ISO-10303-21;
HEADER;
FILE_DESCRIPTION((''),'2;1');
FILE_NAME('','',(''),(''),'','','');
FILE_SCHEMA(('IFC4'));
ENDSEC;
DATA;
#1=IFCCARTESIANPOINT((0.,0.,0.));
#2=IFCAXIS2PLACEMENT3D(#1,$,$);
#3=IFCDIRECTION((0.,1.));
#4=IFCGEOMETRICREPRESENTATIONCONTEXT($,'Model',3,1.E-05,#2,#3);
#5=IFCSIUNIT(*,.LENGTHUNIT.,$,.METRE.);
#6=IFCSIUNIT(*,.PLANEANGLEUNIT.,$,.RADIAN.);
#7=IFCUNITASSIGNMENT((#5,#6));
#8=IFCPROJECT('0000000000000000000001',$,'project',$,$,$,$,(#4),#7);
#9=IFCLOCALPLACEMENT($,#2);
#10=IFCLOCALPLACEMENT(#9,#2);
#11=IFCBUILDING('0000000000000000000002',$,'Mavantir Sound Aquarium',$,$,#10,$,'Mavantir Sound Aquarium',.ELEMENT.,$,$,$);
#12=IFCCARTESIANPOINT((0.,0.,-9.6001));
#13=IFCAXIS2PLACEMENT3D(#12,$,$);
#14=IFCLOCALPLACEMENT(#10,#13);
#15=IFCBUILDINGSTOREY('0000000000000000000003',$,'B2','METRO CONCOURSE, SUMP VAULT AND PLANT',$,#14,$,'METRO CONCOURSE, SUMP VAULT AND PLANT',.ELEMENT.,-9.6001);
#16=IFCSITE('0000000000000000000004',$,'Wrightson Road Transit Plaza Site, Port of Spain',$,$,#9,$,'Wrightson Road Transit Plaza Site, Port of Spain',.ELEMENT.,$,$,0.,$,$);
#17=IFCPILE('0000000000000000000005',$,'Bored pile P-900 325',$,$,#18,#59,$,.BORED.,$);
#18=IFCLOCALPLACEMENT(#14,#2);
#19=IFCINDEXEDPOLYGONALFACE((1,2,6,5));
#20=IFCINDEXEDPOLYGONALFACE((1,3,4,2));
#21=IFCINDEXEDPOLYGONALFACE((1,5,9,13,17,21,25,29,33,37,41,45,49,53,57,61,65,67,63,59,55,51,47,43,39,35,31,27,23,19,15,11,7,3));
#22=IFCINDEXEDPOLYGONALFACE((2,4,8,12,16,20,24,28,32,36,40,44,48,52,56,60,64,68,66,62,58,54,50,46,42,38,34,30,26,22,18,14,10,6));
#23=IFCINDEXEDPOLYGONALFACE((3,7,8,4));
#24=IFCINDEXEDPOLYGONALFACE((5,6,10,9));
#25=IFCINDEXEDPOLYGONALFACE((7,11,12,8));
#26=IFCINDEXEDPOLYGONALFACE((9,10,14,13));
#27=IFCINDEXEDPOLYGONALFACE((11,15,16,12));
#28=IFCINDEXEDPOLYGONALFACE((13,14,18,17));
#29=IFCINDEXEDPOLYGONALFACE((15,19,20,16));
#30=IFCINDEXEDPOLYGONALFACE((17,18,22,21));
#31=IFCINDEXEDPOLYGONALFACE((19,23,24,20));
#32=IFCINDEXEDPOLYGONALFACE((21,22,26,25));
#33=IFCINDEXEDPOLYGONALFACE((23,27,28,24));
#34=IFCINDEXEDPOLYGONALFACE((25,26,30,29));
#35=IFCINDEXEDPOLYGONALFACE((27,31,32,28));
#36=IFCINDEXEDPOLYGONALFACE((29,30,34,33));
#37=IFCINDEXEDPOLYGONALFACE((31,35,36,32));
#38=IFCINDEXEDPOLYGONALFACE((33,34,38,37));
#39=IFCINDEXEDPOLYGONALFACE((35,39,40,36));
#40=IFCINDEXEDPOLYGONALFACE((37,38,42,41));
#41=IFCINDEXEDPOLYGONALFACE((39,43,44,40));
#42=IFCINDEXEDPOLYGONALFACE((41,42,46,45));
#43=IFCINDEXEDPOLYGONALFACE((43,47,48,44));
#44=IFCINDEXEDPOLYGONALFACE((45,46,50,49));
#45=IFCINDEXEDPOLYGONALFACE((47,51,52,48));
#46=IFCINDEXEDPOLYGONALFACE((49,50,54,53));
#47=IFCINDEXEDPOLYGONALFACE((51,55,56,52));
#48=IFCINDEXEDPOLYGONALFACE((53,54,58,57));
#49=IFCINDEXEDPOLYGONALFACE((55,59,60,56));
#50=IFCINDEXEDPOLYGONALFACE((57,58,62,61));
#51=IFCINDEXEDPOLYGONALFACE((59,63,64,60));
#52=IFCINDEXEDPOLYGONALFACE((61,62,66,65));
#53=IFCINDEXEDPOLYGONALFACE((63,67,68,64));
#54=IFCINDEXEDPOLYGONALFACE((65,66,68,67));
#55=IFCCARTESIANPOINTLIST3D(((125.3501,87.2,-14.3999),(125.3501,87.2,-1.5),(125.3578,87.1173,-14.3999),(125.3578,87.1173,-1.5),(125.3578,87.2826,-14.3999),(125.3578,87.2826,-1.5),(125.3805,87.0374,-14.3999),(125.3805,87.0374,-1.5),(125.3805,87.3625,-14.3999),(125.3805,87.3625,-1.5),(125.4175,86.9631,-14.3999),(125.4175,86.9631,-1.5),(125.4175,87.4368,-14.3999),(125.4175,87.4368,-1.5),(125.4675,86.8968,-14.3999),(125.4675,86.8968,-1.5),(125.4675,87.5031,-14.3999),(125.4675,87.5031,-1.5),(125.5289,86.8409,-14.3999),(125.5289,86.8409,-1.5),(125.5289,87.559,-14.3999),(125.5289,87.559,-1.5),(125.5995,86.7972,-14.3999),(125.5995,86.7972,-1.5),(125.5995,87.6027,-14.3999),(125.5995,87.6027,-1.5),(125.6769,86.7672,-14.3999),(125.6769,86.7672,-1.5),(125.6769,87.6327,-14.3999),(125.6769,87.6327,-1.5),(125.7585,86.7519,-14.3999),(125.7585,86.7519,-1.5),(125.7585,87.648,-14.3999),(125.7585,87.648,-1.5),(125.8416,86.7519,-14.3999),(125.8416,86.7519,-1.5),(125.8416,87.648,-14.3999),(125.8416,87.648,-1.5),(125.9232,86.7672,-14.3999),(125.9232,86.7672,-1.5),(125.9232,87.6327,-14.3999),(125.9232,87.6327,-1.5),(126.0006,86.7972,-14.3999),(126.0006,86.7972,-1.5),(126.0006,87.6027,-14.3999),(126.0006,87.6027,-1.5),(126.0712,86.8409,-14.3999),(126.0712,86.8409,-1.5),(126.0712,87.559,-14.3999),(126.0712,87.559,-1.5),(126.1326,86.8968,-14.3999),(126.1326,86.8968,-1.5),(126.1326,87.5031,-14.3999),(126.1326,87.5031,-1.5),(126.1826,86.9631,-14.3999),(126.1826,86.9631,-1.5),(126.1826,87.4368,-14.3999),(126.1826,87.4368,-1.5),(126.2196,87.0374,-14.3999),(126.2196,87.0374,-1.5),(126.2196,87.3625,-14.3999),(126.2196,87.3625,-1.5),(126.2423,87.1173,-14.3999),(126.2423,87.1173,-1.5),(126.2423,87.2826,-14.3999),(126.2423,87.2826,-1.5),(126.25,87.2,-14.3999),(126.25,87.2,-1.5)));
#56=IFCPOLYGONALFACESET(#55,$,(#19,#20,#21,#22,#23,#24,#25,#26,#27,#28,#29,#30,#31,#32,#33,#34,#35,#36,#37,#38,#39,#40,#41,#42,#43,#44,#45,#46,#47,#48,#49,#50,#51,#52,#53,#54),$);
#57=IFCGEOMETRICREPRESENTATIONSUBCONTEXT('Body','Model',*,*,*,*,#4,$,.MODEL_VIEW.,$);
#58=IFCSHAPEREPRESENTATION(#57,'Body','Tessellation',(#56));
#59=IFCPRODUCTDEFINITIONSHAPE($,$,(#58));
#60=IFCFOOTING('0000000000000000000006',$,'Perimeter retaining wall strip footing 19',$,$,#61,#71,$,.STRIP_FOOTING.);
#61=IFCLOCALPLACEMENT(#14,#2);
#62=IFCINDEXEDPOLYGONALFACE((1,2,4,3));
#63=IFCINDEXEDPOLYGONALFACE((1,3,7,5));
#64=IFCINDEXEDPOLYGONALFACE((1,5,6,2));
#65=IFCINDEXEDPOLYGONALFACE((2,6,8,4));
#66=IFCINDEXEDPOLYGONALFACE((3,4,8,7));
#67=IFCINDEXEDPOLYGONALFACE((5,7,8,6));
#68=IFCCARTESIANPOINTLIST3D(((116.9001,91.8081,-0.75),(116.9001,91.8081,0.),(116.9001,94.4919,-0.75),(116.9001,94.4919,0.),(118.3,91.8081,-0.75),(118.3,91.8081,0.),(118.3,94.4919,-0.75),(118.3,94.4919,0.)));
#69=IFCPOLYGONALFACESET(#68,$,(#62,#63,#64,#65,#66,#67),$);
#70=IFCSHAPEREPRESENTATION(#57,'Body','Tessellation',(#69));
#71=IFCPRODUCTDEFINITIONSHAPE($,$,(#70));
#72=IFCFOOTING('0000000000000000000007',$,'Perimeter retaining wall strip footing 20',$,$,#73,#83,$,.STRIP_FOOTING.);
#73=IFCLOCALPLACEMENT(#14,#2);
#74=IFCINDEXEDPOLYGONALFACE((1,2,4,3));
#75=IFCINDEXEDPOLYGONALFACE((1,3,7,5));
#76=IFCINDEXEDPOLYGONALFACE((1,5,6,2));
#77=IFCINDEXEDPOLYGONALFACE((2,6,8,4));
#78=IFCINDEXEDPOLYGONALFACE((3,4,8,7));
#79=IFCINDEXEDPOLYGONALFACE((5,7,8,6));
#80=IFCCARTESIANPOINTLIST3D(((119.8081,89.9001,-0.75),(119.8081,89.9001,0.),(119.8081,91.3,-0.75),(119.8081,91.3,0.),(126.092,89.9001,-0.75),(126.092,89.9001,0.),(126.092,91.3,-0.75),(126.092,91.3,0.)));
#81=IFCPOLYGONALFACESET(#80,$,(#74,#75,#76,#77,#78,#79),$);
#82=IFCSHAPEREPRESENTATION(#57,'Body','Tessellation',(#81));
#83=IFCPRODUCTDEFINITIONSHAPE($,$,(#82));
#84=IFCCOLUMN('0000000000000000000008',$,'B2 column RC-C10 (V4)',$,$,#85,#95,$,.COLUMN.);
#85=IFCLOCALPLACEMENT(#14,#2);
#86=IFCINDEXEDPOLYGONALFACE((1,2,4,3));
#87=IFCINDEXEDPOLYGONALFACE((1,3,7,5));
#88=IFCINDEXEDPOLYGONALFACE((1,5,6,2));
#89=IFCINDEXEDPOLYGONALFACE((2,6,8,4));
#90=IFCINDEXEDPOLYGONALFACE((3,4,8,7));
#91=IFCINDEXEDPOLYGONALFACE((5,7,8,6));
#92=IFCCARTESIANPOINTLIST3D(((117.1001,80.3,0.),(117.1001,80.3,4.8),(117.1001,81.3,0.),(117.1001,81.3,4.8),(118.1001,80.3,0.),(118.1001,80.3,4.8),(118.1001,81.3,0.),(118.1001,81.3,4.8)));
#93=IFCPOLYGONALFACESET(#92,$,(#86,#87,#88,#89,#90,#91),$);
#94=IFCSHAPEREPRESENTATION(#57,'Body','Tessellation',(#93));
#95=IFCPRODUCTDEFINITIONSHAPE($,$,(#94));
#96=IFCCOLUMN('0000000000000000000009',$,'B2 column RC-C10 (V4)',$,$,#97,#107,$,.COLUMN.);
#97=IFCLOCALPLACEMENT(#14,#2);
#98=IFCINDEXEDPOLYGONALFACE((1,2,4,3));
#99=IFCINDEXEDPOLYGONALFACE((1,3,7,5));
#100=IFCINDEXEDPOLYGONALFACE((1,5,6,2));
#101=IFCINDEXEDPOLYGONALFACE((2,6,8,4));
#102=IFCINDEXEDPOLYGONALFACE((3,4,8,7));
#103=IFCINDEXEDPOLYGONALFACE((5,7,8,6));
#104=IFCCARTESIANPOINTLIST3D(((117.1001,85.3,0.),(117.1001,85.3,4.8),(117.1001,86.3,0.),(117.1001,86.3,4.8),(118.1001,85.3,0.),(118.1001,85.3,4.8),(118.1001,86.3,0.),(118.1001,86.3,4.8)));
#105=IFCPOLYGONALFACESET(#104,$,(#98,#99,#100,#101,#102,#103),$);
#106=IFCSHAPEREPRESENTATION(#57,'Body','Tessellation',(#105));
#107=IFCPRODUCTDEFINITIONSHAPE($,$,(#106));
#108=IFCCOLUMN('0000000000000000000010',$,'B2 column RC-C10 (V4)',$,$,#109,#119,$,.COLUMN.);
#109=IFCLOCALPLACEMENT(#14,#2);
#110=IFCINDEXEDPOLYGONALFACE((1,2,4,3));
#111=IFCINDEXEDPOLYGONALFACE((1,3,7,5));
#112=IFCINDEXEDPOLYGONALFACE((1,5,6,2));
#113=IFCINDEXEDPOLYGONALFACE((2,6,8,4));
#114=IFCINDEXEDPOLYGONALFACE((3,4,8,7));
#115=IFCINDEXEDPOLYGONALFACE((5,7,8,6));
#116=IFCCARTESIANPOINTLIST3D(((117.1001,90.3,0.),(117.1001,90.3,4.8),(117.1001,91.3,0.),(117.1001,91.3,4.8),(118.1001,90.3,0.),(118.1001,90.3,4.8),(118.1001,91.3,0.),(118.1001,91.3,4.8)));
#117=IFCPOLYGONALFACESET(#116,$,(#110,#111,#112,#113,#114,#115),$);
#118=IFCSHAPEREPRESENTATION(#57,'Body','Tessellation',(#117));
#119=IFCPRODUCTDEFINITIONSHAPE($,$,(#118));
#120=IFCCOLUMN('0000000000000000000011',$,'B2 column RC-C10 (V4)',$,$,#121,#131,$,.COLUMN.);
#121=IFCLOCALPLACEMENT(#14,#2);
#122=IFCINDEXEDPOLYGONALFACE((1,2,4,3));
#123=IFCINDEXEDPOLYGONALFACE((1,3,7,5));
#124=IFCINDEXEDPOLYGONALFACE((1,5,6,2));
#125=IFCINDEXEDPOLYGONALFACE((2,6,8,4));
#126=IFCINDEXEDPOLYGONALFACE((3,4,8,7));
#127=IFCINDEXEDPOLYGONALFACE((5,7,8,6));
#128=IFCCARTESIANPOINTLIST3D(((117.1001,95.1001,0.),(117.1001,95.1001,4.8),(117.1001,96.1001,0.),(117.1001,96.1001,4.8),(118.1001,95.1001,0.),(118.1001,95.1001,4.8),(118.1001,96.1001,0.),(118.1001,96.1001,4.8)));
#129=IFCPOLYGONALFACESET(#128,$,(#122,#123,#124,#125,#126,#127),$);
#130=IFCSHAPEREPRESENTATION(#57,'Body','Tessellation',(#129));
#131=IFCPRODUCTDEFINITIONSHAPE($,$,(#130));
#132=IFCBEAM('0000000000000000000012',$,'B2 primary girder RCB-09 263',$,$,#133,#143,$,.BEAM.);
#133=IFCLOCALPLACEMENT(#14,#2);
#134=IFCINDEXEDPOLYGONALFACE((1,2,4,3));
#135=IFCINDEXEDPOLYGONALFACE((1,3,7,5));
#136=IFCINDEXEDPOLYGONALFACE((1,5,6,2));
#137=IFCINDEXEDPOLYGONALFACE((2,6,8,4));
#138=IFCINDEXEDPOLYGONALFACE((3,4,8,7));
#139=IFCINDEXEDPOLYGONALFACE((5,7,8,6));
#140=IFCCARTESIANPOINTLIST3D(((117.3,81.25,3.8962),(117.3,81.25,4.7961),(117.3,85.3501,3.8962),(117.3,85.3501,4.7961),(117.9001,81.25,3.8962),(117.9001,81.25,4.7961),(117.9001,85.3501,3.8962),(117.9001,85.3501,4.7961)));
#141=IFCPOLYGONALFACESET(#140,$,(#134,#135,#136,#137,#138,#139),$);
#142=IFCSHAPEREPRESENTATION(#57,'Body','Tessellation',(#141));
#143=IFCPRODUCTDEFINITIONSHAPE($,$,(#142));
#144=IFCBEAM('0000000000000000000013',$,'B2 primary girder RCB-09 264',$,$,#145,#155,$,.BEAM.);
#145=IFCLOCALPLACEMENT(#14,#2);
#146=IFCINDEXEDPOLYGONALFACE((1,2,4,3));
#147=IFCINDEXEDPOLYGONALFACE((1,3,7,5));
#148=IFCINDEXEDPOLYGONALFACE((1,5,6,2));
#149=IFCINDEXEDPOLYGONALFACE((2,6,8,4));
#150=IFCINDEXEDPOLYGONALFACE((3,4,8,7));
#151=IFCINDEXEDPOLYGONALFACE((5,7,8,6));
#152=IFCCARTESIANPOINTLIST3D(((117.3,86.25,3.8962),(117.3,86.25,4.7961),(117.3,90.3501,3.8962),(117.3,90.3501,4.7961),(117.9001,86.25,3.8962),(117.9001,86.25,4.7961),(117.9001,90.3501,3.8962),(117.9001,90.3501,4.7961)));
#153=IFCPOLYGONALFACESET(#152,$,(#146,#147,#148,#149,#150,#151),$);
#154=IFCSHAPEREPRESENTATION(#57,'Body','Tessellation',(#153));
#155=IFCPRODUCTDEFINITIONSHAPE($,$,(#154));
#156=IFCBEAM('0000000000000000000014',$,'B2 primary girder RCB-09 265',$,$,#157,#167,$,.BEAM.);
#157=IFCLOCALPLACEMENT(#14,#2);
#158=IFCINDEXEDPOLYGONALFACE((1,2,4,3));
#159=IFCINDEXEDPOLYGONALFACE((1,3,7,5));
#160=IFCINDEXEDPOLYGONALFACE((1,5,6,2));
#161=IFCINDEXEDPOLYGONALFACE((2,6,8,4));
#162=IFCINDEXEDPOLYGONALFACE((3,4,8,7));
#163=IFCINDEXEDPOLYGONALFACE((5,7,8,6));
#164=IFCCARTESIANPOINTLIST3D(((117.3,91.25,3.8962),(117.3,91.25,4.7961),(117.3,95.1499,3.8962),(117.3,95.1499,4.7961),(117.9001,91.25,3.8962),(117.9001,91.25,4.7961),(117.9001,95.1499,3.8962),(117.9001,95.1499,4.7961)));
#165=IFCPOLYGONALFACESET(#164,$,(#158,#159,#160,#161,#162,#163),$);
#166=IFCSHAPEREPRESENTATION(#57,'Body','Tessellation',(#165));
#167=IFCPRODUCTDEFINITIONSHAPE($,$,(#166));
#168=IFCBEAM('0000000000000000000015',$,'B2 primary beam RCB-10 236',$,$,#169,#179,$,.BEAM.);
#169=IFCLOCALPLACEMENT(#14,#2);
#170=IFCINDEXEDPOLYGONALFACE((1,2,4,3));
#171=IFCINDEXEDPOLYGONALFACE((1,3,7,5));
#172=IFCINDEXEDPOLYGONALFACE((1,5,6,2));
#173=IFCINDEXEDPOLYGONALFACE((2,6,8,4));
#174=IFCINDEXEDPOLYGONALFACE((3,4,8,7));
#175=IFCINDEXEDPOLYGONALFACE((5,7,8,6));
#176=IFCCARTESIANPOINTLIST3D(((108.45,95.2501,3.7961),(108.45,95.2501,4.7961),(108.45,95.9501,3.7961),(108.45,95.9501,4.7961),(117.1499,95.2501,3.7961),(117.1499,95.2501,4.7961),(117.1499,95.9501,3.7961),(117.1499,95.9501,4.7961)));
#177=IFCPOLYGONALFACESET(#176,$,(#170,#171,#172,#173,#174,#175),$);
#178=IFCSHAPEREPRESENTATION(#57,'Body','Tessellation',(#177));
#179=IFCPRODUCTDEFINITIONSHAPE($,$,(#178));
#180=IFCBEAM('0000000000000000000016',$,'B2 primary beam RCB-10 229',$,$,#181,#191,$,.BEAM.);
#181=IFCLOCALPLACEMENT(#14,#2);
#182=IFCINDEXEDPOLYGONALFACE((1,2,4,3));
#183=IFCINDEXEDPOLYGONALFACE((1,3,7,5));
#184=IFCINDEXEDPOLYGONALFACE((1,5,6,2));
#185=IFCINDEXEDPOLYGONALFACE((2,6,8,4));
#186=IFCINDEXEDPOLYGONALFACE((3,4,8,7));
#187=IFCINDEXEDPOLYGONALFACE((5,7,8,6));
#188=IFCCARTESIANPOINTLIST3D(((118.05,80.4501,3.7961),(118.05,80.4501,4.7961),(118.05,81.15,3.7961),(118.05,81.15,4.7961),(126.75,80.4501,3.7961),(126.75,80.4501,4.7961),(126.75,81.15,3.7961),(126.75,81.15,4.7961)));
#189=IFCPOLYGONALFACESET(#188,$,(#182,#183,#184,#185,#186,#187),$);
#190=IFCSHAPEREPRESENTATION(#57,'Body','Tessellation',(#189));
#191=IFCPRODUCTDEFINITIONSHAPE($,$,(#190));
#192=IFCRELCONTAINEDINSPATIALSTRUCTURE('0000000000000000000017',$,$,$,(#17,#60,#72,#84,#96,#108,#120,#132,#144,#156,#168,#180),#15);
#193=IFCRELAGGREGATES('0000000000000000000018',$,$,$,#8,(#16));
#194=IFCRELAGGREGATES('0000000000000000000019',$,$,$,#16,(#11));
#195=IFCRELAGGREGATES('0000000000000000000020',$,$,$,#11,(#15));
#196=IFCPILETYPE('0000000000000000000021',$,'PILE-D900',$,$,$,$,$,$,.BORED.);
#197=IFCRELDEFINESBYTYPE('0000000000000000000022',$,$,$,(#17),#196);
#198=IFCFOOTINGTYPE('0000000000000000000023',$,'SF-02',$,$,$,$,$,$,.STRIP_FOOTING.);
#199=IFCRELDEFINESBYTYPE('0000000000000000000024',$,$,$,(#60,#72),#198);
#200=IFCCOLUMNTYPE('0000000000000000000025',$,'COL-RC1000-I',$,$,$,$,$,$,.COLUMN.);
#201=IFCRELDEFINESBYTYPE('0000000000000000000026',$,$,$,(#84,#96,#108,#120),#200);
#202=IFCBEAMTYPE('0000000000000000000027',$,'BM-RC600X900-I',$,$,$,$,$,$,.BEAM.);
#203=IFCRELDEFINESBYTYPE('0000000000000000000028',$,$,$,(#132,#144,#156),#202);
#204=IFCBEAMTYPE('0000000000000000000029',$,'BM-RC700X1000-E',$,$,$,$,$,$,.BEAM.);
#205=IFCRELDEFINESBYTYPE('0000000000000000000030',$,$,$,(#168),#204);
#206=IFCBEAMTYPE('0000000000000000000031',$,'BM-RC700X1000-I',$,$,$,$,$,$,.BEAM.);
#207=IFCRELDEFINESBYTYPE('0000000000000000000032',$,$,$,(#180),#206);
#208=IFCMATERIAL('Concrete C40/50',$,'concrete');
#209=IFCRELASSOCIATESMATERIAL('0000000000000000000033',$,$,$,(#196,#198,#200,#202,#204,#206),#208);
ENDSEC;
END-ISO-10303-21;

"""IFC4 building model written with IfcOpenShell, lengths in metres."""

from ifc_helpers import new_model, si_unit, direction, frame, origin, origin_2d, place, context, subcontext, project, spatial, rectangle, circle, extrude, material, material_profile, profile_set, type_object, element, save


model = new_model("IFC4")

# Units and contexts
model_context = context("Model", 3, precision=1e-05, world=origin(), true_north=direction((0.0, 1.0)))
body_context = subcontext(model_context, "Body", "Model", "MODEL_VIEW")
ifc_project = project(units=[si_unit("LENGTHUNIT", "METRE"), si_unit("PLANEANGLEUNIT", "RADIAN")], contexts=[model_context])

# Site, building, storey
site_placement = place(None, origin())
site = spatial("IfcSite", under=ifc_project, at=site_placement, Name="Wrightson Road Transit Plaza Site, Port of Spain", LongName="Wrightson Road Transit Plaza Site, Port of Spain", CompositionType="ELEMENT", RefElevation=0.0)
building_placement = place(site_placement, origin())
building = spatial("IfcBuilding", under=site, at=building_placement, Name="Mavantir Sound Aquarium", LongName="Mavantir Sound Aquarium", CompositionType="ELEMENT")
storey_placement = place(building_placement, frame((0.0, 0.0, -9.6001)))
storey = spatial("IfcBuildingStorey", under=building, at=storey_placement, Name="B2", Description="METRO CONCOURSE, SUMP VAULT AND PLANT", LongName="METRO CONCOURSE, SUMP VAULT AND PLANT", CompositionType="ELEMENT", Elevation=-9.6001)

# Shared definitions
ifc_material_1 = material(Name="Concrete C40/50", Category="concrete")

# Pile
ifc_material_profile_1 = material_profile(ifc_material_1, circle(Radius=0.45, at=origin_2d()), Name="PILE D900")
ifc_profile_set_1 = profile_set([ifc_material_profile_1], Name="Concrete C40/50")
pile_type = type_object("IfcPileType", Name="PILE-D900", PredefinedType="BORED", material=ifc_profile_set_1)
for number, where, z_axis, x_axis, name in (
    (1, (125.8, 87.2, -1.5), (0.0, 0.0, -1.0), (1.0, 0.0, 0.0), "Bored pile P-900 325"),
):
    element("IfcPile", number, at=place(storey_placement, frame(where, z_axis=z_axis, x_axis=x_axis)), inside=storey, type_object=pile_type, Name=name, PredefinedType="BORED", context=body_context, shape_type="SweptSolid", body=[
        extrude(circle(Radius=0.45, at=origin_2d()), origin(), (0.0, 0.0, 1.0), 12.8999),
    ])

# Footings
ifc_material_profile_2 = material_profile(ifc_material_1, rectangle(XDim=1.3999, YDim=0.75, at=origin_2d()), Name="RC 1400X750")
ifc_profile_set_2 = profile_set([ifc_material_profile_2], Name="Concrete C40/50")
footing_type_1 = type_object("IfcFootingType", Name="SF-02", PredefinedType="STRIP_FOOTING", material=ifc_profile_set_2)
footing_1_placement = place(storey_placement, frame((117.6001, 94.4919, -0.375), z_axis=(0.0, -1.0, 0.0), x_axis=(1.0, 0.0, 0.0)))
element("IfcFooting", 2, at=footing_1_placement, inside=storey, type_object=footing_type_1, Name="Perimeter retaining wall strip footing 19", PredefinedType="STRIP_FOOTING", context=body_context, shape_type="SweptSolid", body=[
    extrude(rectangle(XDim=1.3999, YDim=0.75, at=origin_2d()), origin(), (0.0, 0.0, 1.0), 2.6838),
])
footing_2_placement = place(storey_placement, frame((119.8081, 90.6001, -0.375), z_axis=(1.0, 0.0, 0.0), x_axis=(0.0, 1.0, 0.0)))
element("IfcFooting", 3, at=footing_2_placement, inside=storey, type_object=footing_type_1, Name="Perimeter retaining wall strip footing 20", PredefinedType="STRIP_FOOTING", context=body_context, shape_type="SweptSolid", body=[
    extrude(rectangle(XDim=1.3999, YDim=0.75, at=origin_2d()), origin(), (0.0, 0.0, 1.0), 6.2839),
])

# Columns
ifc_material_profile_3 = material_profile(ifc_material_1, rectangle(XDim=1.0, YDim=1.0, at=origin_2d()), Name="RC 1000X1000")
ifc_profile_set_3 = profile_set([ifc_material_profile_3], Name="Concrete C40/50")
column_type = type_object("IfcColumnType", Name="COL-RC1000-I", PredefinedType="COLUMN", material=ifc_profile_set_3)
for number, where, z_axis, x_axis, name in (
    (4, (117.6001, 80.8, 0.0), (0.0, 0.0, 1.0), (1.0, 0.0, 0.0), "B2 column RC-C10 (V4)"),
    (5, (117.6001, 85.8, 0.0), (0.0, 0.0, 1.0), (1.0, 0.0, 0.0), "B2 column RC-C10 (V4)"),
    (6, (117.6001, 90.8, 0.0), (0.0, 0.0, 1.0), (1.0, 0.0, 0.0), "B2 column RC-C10 (V4)"),
    (7, (117.6001, 95.6001, 0.0), (0.0, 0.0, 1.0), (1.0, 0.0, 0.0), "B2 column RC-C10 (V4)"),
):
    element("IfcColumn", number, at=place(storey_placement, frame(where, z_axis=z_axis, x_axis=x_axis)), inside=storey, type_object=column_type, Name=name, PredefinedType="COLUMN", context=body_context, shape_type="SweptSolid", body=[
        extrude(rectangle(XDim=1.0, YDim=1.0, at=origin_2d()), origin(), (0.0, 0.0, 1.0), 4.8),
    ])

# Beams
ifc_material_profile_4 = material_profile(ifc_material_1, rectangle(XDim=0.6001, YDim=0.8999, at=origin_2d()), Name="RC 600X900")
ifc_profile_set_4 = profile_set([ifc_material_profile_4], Name="Concrete C40/50")
beam_type_1 = type_object("IfcBeamType", Name="BM-RC600X900-I", PredefinedType="BEAM", material=ifc_profile_set_4)
for number, where, z_axis, x_axis, name in (
    (8, (117.6001, 81.25, 4.3462), (0.0, 1.0, 0.0), (-1.0, 0.0, 0.0), "B2 primary girder RCB-09 263"),
    (9, (117.6001, 86.25, 4.3462), (0.0, 1.0, 0.0), (-1.0, 0.0, 0.0), "B2 primary girder RCB-09 264"),
):
    element("IfcBeam", number, at=place(storey_placement, frame(where, z_axis=z_axis, x_axis=x_axis)), inside=storey, type_object=beam_type_1, Name=name, PredefinedType="BEAM", context=body_context, shape_type="SweptSolid", body=[
        extrude(rectangle(XDim=0.6001, YDim=0.8999, at=origin_2d()), origin(), (0.0, 0.0, 1.0), 4.1001),
    ])
beam_1_placement = place(storey_placement, frame((117.6001, 91.25, 4.3462), z_axis=(0.0, 1.0, 0.0), x_axis=(-1.0, 0.0, 0.0)))
element("IfcBeam", 10, at=beam_1_placement, inside=storey, type_object=beam_type_1, Name="B2 primary girder RCB-09 265", PredefinedType="BEAM", context=body_context, shape_type="SweptSolid", body=[
    extrude(rectangle(XDim=0.6001, YDim=0.8999, at=origin_2d()), origin(), (0.0, 0.0, 1.0), 3.8999),
])
ifc_material_profile_5 = material_profile(ifc_material_1, rectangle(XDim=0.7, YDim=1.0, at=origin_2d()), Name="RC 700X1000")
ifc_profile_set_5 = profile_set([ifc_material_profile_5], Name="Concrete C40/50")
beam_type_2 = type_object("IfcBeamType", Name="BM-RC700X1000-E", PredefinedType="BEAM", material=ifc_profile_set_5)
beam_2_placement = place(storey_placement, frame((108.45, 95.6001, 4.2961), z_axis=(1.0, 0.0, 0.0), x_axis=(0.0, 1.0, 0.0)))
element("IfcBeam", 11, at=beam_2_placement, inside=storey, type_object=beam_type_2, Name="B2 primary beam RCB-10 236", PredefinedType="BEAM", context=body_context, shape_type="SweptSolid", body=[
    extrude(rectangle(XDim=0.7, YDim=1.0, at=origin_2d()), origin(), (0.0, 0.0, 1.0), 8.7),
])
ifc_material_profile_6 = material_profile(ifc_material_1, rectangle(XDim=0.7, YDim=1.0, at=origin_2d()), Name="RC 700X1000")
ifc_profile_set_6 = profile_set([ifc_material_profile_6], Name="Concrete C40/50")
beam_type_3 = type_object("IfcBeamType", Name="BM-RC700X1000-I", PredefinedType="BEAM", material=ifc_profile_set_6)
for number, where, z_axis, x_axis, name in (
    (12, (118.05, 80.8, 4.2961), (1.0, 0.0, 0.0), (0.0, 1.0, 0.0), "B2 primary beam RCB-10 229"),
):
    element("IfcBeam", number, at=place(storey_placement, frame(where, z_axis=z_axis, x_axis=x_axis)), inside=storey, type_object=beam_type_3, Name=name, PredefinedType="BEAM", context=body_context, shape_type="SweptSolid", body=[
        extrude(rectangle(XDim=0.7, YDim=1.0, at=origin_2d()), origin(), (0.0, 0.0, 1.0), 8.7),
    ])

save(model, "model.ifc")
